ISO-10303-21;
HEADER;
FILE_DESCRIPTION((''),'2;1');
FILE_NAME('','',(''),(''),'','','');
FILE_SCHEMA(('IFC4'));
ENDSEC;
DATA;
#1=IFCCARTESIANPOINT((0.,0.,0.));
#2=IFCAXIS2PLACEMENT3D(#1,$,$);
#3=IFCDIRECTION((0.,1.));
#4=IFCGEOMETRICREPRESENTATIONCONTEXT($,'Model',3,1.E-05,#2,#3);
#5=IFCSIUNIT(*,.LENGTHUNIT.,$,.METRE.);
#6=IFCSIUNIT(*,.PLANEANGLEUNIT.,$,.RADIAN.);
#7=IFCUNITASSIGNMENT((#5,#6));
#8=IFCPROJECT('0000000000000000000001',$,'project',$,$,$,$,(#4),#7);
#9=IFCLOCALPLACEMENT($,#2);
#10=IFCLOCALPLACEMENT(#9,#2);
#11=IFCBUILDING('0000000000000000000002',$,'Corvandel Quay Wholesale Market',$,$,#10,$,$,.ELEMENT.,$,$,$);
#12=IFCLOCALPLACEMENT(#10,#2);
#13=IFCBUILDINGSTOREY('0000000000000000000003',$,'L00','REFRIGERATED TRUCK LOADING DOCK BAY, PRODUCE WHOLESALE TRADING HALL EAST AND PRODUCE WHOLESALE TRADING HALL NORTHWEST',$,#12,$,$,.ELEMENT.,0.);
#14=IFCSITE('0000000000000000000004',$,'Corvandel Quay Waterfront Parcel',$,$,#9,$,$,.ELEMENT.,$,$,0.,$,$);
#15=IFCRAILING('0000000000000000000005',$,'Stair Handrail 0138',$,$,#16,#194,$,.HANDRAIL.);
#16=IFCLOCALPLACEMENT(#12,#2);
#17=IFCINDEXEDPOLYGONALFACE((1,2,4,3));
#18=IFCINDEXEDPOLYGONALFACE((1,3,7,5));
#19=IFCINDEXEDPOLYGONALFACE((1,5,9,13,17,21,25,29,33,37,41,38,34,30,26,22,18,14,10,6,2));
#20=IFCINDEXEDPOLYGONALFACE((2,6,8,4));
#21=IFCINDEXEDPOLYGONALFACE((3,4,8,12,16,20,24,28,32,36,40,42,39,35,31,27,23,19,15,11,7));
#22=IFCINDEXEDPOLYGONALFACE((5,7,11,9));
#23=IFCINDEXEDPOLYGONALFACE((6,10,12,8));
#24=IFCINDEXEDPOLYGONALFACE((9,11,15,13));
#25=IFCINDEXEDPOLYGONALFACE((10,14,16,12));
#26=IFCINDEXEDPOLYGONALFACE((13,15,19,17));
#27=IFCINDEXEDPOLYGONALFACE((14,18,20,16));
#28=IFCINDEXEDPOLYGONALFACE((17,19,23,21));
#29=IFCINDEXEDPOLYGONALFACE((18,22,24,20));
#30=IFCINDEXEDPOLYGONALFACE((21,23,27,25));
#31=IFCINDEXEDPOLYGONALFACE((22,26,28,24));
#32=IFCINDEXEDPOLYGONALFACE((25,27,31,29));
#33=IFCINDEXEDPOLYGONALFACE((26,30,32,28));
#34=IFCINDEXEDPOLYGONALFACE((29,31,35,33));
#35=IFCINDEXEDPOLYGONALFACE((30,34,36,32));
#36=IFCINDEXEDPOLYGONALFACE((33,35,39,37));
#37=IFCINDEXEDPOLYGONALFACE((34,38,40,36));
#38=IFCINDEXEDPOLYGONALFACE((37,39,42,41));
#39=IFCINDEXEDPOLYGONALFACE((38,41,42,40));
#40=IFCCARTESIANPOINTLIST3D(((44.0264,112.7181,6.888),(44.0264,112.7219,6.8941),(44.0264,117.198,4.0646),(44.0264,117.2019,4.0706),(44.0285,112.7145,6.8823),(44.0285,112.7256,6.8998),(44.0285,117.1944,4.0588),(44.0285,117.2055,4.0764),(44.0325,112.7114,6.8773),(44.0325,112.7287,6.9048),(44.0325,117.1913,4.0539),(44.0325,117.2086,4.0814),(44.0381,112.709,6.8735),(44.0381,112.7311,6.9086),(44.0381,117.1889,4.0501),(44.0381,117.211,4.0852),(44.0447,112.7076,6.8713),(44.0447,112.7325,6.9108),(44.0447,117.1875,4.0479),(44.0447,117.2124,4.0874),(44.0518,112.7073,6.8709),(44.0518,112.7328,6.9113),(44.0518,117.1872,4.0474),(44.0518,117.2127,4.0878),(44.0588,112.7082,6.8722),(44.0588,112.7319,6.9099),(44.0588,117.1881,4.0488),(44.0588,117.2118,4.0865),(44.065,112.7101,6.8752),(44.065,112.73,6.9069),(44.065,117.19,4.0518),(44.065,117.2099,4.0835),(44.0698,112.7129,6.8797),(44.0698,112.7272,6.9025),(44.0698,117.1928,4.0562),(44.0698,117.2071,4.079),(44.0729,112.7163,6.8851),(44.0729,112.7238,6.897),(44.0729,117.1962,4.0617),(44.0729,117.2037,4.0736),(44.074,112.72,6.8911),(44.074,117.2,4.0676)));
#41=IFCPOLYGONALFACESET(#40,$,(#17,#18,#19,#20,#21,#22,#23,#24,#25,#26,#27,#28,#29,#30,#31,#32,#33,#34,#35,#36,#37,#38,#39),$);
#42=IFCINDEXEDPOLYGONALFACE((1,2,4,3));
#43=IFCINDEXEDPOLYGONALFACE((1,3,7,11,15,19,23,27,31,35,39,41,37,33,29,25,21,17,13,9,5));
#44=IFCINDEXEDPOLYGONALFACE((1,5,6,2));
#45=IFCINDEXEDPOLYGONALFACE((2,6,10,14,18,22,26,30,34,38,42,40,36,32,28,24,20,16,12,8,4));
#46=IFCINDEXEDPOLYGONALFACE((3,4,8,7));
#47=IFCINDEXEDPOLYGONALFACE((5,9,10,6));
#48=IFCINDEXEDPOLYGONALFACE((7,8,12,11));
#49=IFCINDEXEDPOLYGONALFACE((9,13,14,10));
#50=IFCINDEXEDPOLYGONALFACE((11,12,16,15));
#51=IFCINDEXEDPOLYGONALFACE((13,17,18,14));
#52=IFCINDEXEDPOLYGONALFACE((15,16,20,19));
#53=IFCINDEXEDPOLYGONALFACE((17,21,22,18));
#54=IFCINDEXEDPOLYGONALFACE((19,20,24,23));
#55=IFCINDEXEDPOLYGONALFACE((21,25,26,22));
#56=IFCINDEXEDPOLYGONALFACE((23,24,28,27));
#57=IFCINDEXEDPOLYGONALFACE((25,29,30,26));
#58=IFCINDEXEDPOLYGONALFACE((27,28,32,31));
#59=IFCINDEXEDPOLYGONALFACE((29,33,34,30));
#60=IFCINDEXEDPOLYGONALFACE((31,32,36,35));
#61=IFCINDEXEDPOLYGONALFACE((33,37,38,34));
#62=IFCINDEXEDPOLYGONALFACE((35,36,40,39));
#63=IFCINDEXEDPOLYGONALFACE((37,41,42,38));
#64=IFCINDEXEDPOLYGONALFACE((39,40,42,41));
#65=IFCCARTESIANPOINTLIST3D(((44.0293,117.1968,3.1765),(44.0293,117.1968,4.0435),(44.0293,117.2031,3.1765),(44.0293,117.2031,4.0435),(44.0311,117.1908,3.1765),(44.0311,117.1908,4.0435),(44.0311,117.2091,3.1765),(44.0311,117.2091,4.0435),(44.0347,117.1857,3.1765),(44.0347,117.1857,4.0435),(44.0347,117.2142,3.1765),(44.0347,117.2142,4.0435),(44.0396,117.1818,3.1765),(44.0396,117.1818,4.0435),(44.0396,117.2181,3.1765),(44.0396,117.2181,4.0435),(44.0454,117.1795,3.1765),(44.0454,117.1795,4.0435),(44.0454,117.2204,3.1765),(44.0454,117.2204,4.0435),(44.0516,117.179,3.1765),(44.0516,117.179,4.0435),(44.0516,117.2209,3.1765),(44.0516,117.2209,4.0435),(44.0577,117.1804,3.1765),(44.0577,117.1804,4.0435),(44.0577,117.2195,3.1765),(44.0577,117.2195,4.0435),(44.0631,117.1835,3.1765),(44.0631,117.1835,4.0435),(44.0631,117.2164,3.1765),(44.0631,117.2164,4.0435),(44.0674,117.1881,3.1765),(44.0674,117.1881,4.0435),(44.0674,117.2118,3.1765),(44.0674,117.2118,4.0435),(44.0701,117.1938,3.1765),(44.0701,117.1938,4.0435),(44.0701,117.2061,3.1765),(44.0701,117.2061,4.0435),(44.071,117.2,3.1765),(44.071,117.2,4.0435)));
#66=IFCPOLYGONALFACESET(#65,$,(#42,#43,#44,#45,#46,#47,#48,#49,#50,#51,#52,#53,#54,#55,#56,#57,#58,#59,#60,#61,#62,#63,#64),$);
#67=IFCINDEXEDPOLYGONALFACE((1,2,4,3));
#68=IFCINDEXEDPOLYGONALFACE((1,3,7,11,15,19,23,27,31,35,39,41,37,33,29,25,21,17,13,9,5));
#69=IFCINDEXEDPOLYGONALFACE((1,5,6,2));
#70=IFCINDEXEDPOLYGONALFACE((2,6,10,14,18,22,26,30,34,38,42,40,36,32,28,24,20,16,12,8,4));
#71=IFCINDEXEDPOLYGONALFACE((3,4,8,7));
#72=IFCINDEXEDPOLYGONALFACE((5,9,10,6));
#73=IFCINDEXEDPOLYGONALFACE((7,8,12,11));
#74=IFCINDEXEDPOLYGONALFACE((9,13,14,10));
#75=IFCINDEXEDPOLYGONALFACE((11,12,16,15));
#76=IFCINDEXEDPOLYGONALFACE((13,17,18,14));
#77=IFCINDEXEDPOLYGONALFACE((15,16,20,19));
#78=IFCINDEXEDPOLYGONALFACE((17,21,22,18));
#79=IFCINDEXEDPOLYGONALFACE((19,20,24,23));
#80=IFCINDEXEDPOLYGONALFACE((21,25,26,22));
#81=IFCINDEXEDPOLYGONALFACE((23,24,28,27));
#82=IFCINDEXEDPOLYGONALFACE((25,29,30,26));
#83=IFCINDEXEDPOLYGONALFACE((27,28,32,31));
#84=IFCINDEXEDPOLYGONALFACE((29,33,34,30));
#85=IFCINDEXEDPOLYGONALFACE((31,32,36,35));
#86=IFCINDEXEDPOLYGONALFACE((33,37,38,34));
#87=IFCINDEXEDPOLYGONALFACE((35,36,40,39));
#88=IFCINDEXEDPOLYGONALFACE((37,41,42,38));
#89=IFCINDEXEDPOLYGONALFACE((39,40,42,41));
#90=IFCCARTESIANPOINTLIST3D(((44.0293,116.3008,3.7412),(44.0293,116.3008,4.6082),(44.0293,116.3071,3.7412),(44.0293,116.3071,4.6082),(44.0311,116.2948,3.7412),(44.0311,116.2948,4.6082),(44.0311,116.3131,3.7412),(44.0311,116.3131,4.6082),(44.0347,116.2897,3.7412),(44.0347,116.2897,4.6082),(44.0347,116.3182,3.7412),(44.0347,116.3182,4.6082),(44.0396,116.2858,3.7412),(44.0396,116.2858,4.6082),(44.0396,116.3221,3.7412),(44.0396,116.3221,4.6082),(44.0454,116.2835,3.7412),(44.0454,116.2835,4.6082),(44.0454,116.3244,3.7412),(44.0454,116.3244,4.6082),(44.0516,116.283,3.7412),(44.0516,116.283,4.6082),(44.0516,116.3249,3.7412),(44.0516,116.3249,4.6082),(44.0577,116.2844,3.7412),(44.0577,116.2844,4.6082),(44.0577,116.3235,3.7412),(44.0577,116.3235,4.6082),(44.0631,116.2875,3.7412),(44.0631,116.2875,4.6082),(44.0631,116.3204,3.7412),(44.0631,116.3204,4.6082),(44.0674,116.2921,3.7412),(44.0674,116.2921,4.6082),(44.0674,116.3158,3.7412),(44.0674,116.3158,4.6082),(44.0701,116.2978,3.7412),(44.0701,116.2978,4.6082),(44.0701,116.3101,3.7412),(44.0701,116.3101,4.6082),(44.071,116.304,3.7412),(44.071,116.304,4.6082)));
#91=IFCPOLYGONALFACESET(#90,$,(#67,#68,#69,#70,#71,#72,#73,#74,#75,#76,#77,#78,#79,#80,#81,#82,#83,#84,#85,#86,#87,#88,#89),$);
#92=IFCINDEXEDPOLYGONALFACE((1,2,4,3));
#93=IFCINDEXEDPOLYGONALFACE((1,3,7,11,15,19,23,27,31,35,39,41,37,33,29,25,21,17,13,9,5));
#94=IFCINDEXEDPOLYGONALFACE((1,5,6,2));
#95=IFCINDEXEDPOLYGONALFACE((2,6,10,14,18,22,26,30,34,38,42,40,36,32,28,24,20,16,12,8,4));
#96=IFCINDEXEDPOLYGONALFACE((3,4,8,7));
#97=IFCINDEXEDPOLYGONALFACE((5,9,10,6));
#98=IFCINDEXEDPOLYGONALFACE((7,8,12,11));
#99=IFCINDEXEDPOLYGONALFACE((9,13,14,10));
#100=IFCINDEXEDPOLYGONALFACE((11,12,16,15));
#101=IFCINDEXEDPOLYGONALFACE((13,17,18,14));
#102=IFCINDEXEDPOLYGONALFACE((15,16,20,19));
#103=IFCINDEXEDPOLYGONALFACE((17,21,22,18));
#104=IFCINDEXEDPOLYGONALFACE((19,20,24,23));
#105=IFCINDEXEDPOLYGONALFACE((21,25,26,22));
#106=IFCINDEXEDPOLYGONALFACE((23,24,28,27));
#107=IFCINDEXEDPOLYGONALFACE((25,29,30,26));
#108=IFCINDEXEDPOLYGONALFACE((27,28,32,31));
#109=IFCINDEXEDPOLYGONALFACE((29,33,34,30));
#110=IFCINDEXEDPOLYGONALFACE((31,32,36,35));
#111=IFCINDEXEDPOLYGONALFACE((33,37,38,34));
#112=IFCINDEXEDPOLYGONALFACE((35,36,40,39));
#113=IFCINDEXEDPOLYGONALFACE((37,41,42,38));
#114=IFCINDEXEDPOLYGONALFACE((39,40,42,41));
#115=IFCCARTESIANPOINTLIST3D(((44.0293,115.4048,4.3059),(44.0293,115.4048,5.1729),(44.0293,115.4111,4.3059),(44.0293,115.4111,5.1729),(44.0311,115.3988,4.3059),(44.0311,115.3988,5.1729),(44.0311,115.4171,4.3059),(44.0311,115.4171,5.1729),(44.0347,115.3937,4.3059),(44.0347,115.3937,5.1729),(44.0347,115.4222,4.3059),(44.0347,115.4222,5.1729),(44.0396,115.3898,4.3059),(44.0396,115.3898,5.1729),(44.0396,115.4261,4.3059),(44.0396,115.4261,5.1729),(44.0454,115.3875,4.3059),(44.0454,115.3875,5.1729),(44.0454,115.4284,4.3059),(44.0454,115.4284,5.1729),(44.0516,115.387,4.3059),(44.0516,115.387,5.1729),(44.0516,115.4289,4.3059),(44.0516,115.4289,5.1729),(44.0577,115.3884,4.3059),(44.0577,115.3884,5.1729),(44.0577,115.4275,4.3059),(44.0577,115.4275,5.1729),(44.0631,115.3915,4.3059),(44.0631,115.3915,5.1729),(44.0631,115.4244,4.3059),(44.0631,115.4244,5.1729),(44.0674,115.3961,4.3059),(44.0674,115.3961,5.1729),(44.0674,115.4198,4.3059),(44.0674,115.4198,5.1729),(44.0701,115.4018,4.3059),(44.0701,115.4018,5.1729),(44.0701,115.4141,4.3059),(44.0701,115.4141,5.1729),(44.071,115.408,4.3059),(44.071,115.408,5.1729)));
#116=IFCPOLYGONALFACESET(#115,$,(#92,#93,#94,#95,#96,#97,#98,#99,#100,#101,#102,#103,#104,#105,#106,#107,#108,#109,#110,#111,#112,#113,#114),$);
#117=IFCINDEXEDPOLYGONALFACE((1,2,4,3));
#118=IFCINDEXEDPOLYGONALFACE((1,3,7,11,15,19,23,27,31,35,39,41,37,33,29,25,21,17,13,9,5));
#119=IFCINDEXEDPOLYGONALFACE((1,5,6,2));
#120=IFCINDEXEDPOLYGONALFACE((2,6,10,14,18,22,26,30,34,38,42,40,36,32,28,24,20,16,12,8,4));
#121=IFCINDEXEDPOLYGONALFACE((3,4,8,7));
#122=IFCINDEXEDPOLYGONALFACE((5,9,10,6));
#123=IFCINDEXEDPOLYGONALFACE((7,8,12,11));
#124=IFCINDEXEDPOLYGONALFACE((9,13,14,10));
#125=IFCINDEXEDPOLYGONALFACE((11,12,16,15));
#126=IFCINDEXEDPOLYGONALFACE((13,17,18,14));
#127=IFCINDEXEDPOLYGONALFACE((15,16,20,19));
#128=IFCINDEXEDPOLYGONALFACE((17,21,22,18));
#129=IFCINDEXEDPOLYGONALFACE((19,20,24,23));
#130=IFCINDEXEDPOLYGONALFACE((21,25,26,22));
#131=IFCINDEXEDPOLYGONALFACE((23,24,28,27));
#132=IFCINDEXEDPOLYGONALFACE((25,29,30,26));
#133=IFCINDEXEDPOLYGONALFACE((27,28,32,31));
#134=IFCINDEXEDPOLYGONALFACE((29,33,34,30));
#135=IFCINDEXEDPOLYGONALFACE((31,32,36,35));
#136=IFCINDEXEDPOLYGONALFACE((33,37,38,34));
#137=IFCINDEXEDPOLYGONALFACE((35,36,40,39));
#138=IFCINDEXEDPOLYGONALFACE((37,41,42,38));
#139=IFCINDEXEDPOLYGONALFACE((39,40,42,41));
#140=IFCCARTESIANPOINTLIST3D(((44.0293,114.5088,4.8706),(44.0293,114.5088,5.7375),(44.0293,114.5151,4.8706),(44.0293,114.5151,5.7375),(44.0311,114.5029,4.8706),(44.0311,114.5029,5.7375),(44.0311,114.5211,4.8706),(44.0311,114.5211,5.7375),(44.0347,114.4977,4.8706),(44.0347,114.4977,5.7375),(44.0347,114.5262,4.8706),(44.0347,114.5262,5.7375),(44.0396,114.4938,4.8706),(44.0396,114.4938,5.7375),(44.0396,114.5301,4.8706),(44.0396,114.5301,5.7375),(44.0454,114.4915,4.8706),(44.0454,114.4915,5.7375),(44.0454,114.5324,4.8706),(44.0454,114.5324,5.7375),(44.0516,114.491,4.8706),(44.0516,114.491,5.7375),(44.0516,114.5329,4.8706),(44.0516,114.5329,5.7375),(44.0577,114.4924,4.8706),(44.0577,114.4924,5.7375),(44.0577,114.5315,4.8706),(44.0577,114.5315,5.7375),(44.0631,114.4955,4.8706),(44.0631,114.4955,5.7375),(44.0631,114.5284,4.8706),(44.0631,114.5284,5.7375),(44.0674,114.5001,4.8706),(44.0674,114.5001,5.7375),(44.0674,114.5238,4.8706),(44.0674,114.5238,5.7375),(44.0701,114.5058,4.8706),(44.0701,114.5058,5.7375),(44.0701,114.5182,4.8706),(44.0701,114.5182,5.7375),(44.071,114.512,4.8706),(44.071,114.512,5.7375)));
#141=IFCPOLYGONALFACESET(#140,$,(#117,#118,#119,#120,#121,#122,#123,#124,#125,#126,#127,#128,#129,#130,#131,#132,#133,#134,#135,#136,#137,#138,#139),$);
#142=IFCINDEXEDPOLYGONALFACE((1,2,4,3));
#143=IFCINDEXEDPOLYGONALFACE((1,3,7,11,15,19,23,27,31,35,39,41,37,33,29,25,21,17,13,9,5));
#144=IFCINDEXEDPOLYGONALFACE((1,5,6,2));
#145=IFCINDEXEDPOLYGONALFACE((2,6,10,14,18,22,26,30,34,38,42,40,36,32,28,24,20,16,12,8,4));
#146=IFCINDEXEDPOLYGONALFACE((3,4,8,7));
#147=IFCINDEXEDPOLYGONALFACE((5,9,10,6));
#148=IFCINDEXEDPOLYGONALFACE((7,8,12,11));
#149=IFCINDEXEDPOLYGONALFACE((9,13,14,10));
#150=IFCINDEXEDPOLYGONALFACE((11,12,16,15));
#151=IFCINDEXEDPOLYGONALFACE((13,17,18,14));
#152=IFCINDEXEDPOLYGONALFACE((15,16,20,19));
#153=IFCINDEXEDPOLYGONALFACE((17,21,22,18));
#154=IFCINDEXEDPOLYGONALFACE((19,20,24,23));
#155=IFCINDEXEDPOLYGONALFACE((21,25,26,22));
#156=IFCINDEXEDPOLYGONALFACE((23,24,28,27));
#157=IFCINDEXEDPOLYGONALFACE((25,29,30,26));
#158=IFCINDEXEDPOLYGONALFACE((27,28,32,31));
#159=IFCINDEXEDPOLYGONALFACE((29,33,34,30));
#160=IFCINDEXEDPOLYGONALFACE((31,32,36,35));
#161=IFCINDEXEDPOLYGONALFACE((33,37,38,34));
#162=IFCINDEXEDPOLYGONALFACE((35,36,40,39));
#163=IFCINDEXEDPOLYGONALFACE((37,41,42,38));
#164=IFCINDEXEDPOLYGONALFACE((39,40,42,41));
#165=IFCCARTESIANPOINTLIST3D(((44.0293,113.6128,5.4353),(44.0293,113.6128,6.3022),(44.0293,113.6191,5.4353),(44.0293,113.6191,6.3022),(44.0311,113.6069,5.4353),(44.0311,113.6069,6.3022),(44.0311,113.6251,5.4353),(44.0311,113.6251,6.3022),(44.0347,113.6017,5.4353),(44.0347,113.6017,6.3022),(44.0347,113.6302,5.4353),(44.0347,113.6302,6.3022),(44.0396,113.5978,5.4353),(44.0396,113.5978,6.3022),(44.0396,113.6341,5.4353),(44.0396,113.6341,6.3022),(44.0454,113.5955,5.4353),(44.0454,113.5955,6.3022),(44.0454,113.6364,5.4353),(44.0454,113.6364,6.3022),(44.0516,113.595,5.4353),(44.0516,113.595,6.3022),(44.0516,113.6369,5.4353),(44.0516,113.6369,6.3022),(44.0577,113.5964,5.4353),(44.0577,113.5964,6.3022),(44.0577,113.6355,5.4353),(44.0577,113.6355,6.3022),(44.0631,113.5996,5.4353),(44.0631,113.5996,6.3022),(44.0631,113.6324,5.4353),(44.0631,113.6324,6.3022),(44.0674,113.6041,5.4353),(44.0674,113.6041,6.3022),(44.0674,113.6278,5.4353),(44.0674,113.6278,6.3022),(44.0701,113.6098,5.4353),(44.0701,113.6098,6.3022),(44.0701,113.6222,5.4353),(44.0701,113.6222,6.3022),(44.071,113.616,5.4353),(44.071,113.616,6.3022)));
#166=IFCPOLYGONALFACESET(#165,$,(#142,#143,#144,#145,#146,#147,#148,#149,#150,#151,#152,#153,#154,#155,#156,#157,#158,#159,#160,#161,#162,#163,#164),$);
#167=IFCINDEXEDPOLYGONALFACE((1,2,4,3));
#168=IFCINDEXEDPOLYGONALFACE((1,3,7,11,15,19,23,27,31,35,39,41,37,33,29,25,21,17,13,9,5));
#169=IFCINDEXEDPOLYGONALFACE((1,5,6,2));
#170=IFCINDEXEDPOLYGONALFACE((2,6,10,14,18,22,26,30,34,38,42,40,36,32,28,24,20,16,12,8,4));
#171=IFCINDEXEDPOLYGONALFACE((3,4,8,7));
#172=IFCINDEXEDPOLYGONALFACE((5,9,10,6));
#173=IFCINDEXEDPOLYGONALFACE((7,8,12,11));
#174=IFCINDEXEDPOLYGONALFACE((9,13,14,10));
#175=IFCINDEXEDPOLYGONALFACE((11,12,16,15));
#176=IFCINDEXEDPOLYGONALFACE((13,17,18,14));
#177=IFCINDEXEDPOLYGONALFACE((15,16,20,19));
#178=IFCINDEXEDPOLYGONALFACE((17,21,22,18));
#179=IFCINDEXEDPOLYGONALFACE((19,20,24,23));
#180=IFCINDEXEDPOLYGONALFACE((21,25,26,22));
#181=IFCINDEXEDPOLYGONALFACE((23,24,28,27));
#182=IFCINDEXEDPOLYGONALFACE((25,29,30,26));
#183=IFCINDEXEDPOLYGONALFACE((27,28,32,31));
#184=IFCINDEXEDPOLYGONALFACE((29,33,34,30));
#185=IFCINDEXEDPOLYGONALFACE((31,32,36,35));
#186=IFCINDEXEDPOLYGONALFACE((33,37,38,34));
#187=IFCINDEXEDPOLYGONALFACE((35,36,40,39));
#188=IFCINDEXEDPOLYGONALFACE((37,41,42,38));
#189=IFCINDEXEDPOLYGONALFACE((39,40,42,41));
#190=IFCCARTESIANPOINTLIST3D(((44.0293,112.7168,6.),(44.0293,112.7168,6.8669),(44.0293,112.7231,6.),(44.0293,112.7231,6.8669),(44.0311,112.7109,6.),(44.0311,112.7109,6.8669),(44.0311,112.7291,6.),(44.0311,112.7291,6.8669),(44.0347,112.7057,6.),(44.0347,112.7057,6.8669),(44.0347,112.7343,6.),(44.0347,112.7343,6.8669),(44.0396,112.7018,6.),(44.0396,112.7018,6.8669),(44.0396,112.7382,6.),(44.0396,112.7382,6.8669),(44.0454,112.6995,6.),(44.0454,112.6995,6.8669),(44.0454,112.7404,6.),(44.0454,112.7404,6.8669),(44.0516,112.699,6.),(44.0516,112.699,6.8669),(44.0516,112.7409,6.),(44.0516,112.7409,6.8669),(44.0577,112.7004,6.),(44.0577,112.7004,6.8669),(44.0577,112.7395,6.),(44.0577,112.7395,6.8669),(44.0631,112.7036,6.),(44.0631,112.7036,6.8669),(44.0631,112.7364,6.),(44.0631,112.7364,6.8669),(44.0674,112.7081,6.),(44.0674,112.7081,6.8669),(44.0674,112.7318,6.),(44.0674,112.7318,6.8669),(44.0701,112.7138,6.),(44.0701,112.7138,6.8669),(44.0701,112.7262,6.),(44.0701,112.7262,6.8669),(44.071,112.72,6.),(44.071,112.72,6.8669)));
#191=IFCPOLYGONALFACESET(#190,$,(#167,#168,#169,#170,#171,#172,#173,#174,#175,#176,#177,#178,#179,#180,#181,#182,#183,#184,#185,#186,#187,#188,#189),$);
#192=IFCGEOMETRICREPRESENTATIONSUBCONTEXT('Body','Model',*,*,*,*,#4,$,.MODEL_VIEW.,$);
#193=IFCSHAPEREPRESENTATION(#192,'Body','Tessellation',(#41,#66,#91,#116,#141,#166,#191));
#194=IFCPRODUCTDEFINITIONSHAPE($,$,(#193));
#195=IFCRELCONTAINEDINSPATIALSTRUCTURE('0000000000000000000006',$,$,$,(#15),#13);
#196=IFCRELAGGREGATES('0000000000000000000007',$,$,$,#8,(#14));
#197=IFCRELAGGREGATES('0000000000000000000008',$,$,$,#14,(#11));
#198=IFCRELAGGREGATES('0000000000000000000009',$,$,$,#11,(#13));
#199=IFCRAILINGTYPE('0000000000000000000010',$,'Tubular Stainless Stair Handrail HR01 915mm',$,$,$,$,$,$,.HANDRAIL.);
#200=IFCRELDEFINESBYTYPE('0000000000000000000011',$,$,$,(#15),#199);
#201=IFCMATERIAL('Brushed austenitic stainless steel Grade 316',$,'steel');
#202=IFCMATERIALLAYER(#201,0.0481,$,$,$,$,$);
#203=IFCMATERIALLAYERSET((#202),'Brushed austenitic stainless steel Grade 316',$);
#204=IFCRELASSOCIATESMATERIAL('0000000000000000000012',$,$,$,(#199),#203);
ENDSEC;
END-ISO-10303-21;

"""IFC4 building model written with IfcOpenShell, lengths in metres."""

from ifc_helpers import new_model, si_unit, direction, frame, origin, origin_2d, place, context, subcontext, project, spatial, circle, extrude, material, layer, layer_set, type_object, element, save


model = new_model("IFC4")

# Units and contexts
model_context = context("Model", 3, precision=1e-05, world=origin(), true_north=direction((0.0, 1.0)))
body_context = subcontext(model_context, "Body", "Model", "MODEL_VIEW")
ifc_project = project(units=[si_unit("LENGTHUNIT", "METRE"), si_unit("PLANEANGLEUNIT", "RADIAN")], contexts=[model_context])

# Site, building, storey
site_placement = place(None, origin())
site = spatial("IfcSite", under=ifc_project, at=site_placement, Name="Corvandel Quay Waterfront Parcel", CompositionType="ELEMENT", RefElevation=0.0)
building_placement = place(site_placement, origin())
building = spatial("IfcBuilding", under=site, at=building_placement, Name="Corvandel Quay Wholesale Market", CompositionType="ELEMENT")
storey_placement = place(building_placement, origin())
storey = spatial("IfcBuildingStorey", under=building, at=storey_placement, Name="L00", Description="REFRIGERATED TRUCK LOADING DOCK BAY, PRODUCE WHOLESALE TRADING HALL EAST AND PRODUCE WHOLESALE TRADING HALL NORTHWEST", CompositionType="ELEMENT", Elevation=0.0)

# Railing
ifc_material_1 = material(Name="Brushed austenitic stainless steel Grade 316", Category="steel")
ifc_layer_1 = layer(ifc_material_1, 0.0481)
ifc_layer_set_1 = layer_set([ifc_layer_1], Name="Brushed austenitic stainless steel Grade 316")
railing_type_1 = type_object("IfcRailingType", Name="Tubular Stainless Stair Handrail HR01 915mm", PredefinedType="HANDRAIL", material=ifc_layer_set_1)
railing_1_placement = place(storey_placement, frame((44.05, 117.2, 3.1765)))
element("IfcRailing", 1, at=railing_1_placement, inside=storey, type_object=railing_type_1, Name="Stair Handrail 0138", PredefinedType="HANDRAIL", context=body_context, shape_type="SweptSolid", body=[
    extrude(circle(Radius=0.0239, at=origin_2d()), frame((0.0, 0.0, 0.8911), z_axis=(0.0, -0.845998, 0.533186), x_axis=(1.0, 0.0, 0.0)), (0.0, 0.0, 1.0), 5.2954),
    extrude(circle(Radius=0.021, at=origin_2d()), origin(), (0.0, 0.0, 1.0), 0.8669),
    extrude(circle(Radius=0.021, at=origin_2d()), frame((0.0, -0.896, 0.5647)), (0.0, 0.0, 1.0), 0.8669),
    extrude(circle(Radius=0.021, at=origin_2d()), frame((0.0, -1.792, 1.1294)), (0.0, 0.0, 1.0), 0.8669),
    extrude(circle(Radius=0.021, at=origin_2d()), frame((0.0, -2.688, 1.6941)), (0.0, 0.0, 1.0), 0.8669),
    extrude(circle(Radius=0.021, at=origin_2d()), frame((0.0, -3.584, 2.2588)), (0.0, 0.0, 1.0), 0.8669),
    extrude(circle(Radius=0.021, at=origin_2d()), frame((0.0, -4.48, 2.8235)), (0.0, 0.0, 1.0), 0.8669),
])

save(model, "model.ifc")
